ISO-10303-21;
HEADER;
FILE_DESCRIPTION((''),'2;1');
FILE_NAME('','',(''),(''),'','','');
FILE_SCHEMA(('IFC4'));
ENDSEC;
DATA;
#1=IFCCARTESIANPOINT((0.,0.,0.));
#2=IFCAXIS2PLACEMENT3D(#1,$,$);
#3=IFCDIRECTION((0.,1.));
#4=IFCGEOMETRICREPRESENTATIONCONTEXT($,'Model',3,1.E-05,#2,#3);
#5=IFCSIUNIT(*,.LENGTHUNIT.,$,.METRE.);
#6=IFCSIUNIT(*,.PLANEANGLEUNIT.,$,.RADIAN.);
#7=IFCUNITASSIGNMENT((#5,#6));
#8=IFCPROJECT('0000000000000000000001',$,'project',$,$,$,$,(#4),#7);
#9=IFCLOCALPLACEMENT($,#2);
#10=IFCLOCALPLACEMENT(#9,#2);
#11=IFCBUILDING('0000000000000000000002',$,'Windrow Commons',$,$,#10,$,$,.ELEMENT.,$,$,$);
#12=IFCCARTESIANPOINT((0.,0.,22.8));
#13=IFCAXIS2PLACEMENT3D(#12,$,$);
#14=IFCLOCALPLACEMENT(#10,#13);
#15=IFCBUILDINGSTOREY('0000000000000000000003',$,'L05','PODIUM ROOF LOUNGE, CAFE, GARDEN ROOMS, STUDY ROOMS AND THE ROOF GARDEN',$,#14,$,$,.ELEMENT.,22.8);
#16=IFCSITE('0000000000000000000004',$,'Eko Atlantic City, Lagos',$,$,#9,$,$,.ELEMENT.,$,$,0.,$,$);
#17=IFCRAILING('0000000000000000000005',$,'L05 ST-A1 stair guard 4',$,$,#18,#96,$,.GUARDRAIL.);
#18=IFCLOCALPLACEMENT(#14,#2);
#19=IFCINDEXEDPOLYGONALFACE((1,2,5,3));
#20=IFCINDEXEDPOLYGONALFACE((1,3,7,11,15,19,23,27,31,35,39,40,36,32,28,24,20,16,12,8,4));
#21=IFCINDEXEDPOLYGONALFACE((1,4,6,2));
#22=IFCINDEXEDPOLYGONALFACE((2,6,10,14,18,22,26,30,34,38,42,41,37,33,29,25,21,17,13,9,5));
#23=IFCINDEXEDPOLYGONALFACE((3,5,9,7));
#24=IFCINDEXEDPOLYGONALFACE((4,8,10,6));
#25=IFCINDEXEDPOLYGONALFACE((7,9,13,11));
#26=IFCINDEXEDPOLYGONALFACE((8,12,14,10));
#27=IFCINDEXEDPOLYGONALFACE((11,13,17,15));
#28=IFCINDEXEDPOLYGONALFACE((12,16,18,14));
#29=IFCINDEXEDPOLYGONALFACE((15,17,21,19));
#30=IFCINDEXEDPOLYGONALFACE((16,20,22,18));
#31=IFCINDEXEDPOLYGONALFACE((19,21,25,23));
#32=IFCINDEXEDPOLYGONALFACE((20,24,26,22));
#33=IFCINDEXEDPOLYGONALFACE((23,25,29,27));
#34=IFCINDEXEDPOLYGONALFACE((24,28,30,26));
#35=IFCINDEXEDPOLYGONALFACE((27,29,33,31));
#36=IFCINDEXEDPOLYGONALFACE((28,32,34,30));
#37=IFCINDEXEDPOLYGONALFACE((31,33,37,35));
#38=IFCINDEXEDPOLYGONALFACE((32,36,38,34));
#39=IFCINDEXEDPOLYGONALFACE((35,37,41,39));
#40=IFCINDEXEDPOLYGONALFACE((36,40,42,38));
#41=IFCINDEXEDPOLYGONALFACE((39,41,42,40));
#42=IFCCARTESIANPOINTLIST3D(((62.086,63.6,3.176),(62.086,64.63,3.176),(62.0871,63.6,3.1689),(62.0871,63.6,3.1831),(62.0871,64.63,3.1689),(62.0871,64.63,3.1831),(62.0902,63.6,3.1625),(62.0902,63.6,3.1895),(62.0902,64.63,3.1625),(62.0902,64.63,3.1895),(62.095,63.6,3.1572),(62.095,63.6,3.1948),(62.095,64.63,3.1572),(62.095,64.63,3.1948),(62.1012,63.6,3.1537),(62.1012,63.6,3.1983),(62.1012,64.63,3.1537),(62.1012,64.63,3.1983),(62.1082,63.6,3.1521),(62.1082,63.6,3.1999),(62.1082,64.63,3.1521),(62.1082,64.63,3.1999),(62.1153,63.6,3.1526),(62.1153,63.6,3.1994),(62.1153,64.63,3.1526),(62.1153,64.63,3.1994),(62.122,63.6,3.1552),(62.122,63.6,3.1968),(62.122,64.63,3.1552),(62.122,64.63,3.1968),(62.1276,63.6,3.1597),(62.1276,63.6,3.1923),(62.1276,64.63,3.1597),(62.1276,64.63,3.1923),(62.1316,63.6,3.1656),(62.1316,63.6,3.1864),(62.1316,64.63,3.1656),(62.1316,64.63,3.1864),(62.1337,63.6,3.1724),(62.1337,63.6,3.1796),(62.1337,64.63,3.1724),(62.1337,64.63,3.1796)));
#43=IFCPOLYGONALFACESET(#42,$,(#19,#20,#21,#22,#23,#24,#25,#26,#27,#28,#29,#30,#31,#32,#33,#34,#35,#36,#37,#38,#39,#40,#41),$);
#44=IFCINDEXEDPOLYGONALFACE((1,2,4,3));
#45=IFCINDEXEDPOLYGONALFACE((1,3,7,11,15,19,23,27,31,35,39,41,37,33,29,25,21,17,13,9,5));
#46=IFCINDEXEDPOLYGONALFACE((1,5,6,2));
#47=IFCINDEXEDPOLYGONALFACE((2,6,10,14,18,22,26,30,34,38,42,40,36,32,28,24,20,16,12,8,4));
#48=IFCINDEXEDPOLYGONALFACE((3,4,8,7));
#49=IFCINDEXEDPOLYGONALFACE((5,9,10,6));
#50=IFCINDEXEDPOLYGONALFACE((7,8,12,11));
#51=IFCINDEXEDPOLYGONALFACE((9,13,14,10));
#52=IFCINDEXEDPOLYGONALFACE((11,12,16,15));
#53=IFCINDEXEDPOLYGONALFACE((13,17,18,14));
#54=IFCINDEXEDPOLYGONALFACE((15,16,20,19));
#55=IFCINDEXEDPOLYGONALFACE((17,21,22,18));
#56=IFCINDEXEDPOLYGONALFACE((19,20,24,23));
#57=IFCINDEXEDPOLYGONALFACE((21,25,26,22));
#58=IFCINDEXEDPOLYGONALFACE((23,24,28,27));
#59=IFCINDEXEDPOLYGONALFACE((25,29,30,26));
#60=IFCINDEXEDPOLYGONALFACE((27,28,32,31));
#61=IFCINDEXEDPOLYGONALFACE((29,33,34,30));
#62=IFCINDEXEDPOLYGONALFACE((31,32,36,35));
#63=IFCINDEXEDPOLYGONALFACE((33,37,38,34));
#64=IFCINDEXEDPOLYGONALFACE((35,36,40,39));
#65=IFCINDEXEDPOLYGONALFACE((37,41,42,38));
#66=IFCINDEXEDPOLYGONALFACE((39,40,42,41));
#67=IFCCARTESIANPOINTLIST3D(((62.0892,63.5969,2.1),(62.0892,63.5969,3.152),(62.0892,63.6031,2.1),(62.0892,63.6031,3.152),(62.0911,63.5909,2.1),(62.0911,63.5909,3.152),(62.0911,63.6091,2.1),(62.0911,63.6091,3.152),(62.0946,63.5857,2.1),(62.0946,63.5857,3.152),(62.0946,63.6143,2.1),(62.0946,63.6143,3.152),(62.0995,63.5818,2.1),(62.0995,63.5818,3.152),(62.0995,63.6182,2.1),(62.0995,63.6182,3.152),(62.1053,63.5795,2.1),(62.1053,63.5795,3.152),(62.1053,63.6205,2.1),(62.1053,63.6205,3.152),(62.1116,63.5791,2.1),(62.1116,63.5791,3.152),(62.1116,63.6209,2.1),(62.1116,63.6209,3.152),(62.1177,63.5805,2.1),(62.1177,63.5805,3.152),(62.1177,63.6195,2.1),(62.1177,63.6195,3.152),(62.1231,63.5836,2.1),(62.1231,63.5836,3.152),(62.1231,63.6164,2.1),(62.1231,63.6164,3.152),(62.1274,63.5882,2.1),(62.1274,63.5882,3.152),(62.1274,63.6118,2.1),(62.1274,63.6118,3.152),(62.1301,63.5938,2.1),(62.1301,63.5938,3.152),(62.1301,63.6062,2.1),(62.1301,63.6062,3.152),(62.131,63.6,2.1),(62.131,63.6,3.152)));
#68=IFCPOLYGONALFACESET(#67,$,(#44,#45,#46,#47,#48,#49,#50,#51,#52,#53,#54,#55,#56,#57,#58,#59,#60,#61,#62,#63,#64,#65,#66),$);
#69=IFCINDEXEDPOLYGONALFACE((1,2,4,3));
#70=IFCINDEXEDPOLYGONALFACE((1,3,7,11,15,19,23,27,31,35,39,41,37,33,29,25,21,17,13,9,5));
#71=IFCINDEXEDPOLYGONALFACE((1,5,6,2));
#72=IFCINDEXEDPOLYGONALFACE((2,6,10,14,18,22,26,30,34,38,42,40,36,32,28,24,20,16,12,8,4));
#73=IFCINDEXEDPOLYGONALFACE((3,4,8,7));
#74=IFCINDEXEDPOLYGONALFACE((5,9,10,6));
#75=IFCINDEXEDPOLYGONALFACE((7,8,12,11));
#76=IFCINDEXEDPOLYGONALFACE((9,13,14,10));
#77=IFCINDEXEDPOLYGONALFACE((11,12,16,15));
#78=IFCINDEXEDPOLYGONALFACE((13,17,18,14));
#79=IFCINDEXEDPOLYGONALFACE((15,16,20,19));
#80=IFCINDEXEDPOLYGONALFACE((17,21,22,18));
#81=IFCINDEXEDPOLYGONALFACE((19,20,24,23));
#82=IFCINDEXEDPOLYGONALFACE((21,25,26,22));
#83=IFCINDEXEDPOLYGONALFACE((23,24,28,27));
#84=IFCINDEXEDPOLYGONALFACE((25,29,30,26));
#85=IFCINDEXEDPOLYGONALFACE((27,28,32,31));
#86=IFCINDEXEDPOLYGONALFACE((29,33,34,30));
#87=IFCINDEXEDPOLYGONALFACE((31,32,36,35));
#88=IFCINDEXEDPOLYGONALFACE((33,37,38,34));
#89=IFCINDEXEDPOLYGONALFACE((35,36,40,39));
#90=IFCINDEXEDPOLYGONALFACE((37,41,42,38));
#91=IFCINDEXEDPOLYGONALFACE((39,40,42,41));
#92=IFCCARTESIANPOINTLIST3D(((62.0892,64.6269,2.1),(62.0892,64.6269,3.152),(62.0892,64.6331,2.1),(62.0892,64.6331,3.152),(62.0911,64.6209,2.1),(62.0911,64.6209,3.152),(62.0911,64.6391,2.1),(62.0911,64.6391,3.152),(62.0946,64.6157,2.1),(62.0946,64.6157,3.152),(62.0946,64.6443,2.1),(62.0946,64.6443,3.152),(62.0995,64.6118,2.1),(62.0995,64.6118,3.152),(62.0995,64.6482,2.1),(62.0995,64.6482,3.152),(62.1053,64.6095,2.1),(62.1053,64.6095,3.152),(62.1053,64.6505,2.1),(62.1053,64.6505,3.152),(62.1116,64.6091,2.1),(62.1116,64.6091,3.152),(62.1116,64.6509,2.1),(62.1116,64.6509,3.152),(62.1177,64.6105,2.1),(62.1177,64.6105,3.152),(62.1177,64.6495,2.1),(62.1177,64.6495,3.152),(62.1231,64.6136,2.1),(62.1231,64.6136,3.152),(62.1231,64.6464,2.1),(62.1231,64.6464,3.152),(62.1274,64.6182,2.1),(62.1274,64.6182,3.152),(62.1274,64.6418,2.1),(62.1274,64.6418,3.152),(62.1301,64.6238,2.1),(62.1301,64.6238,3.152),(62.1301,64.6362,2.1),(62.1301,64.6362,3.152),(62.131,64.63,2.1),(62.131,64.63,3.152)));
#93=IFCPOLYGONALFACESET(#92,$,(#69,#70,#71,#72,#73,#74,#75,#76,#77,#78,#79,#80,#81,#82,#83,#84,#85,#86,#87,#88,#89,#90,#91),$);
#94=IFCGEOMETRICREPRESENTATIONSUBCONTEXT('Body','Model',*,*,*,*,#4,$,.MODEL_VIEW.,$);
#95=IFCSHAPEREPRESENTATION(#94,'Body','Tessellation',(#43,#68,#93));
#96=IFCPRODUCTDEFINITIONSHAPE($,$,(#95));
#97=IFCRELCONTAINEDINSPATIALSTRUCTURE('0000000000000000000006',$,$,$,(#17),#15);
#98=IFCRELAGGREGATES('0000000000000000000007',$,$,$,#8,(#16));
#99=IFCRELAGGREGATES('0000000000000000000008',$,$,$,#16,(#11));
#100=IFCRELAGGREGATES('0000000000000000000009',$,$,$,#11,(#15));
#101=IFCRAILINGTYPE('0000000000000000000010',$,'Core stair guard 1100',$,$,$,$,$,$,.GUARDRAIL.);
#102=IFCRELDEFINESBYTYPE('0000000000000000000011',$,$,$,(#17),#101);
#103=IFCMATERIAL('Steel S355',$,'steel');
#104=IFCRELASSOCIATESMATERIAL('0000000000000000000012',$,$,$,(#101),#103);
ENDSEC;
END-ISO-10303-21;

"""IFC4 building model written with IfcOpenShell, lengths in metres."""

from ifc_helpers import new_model, si_unit, direction, frame, origin, origin_2d, place, context, subcontext, project, spatial, circle, extrude, material, type_object, element, save


model = new_model("IFC4")

# Units and contexts
model_context = context("Model", 3, precision=1e-05, world=origin(), true_north=direction((0.0, 1.0)))
body_context = subcontext(model_context, "Body", "Model", "MODEL_VIEW")
ifc_project = project(units=[si_unit("LENGTHUNIT", "METRE"), si_unit("PLANEANGLEUNIT", "RADIAN")], contexts=[model_context])

# Site, building, storey
site_placement = place(None, origin())
site = spatial("IfcSite", under=ifc_project, at=site_placement, Name="Eko Atlantic City, Lagos", CompositionType="ELEMENT", RefElevation=0.0)
building_placement = place(site_placement, origin())
building = spatial("IfcBuilding", under=site, at=building_placement, Name="Windrow Commons", CompositionType="ELEMENT")
storey_placement = place(building_placement, frame((0.0, 0.0, 22.8)))
storey = spatial("IfcBuildingStorey", under=building, at=storey_placement, Name="L05", Description="PODIUM ROOF LOUNGE, CAFE, GARDEN ROOMS, STUDY ROOMS AND THE ROOF GARDEN", CompositionType="ELEMENT", Elevation=22.8)

# Railing
ifc_material_1 = material(Name="Steel S355", Category="steel")
railing_type_1 = type_object("IfcRailingType", Name="Core stair guard 1100", PredefinedType="GUARDRAIL", material=ifc_material_1)
railing_1_placement = place(storey_placement, frame((62.11, 63.6, 2.1)))
element("IfcRailing", 1, at=railing_1_placement, inside=storey, type_object=railing_type_1, Name="L05 ST-A1 stair guard 4", PredefinedType="GUARDRAIL", context=body_context, shape_type="SweptSolid", body=[
    extrude(circle(Radius=0.024, at=origin_2d()), frame((0.0, 0.0, 1.076), z_axis=(0.0, 1.0, 0.0), x_axis=(-1.0, 0.0, 0.0)), (0.0, 0.0, 1.0), 1.03),
    extrude(circle(Radius=0.021, at=origin_2d()), origin(), (0.0, 0.0, 1.0), 1.052),
    extrude(circle(Radius=0.021, at=origin_2d()), frame((0.0, 1.03, 0.0)), (0.0, 0.0, 1.0), 1.052),
])

save(model, "model.ifc")
